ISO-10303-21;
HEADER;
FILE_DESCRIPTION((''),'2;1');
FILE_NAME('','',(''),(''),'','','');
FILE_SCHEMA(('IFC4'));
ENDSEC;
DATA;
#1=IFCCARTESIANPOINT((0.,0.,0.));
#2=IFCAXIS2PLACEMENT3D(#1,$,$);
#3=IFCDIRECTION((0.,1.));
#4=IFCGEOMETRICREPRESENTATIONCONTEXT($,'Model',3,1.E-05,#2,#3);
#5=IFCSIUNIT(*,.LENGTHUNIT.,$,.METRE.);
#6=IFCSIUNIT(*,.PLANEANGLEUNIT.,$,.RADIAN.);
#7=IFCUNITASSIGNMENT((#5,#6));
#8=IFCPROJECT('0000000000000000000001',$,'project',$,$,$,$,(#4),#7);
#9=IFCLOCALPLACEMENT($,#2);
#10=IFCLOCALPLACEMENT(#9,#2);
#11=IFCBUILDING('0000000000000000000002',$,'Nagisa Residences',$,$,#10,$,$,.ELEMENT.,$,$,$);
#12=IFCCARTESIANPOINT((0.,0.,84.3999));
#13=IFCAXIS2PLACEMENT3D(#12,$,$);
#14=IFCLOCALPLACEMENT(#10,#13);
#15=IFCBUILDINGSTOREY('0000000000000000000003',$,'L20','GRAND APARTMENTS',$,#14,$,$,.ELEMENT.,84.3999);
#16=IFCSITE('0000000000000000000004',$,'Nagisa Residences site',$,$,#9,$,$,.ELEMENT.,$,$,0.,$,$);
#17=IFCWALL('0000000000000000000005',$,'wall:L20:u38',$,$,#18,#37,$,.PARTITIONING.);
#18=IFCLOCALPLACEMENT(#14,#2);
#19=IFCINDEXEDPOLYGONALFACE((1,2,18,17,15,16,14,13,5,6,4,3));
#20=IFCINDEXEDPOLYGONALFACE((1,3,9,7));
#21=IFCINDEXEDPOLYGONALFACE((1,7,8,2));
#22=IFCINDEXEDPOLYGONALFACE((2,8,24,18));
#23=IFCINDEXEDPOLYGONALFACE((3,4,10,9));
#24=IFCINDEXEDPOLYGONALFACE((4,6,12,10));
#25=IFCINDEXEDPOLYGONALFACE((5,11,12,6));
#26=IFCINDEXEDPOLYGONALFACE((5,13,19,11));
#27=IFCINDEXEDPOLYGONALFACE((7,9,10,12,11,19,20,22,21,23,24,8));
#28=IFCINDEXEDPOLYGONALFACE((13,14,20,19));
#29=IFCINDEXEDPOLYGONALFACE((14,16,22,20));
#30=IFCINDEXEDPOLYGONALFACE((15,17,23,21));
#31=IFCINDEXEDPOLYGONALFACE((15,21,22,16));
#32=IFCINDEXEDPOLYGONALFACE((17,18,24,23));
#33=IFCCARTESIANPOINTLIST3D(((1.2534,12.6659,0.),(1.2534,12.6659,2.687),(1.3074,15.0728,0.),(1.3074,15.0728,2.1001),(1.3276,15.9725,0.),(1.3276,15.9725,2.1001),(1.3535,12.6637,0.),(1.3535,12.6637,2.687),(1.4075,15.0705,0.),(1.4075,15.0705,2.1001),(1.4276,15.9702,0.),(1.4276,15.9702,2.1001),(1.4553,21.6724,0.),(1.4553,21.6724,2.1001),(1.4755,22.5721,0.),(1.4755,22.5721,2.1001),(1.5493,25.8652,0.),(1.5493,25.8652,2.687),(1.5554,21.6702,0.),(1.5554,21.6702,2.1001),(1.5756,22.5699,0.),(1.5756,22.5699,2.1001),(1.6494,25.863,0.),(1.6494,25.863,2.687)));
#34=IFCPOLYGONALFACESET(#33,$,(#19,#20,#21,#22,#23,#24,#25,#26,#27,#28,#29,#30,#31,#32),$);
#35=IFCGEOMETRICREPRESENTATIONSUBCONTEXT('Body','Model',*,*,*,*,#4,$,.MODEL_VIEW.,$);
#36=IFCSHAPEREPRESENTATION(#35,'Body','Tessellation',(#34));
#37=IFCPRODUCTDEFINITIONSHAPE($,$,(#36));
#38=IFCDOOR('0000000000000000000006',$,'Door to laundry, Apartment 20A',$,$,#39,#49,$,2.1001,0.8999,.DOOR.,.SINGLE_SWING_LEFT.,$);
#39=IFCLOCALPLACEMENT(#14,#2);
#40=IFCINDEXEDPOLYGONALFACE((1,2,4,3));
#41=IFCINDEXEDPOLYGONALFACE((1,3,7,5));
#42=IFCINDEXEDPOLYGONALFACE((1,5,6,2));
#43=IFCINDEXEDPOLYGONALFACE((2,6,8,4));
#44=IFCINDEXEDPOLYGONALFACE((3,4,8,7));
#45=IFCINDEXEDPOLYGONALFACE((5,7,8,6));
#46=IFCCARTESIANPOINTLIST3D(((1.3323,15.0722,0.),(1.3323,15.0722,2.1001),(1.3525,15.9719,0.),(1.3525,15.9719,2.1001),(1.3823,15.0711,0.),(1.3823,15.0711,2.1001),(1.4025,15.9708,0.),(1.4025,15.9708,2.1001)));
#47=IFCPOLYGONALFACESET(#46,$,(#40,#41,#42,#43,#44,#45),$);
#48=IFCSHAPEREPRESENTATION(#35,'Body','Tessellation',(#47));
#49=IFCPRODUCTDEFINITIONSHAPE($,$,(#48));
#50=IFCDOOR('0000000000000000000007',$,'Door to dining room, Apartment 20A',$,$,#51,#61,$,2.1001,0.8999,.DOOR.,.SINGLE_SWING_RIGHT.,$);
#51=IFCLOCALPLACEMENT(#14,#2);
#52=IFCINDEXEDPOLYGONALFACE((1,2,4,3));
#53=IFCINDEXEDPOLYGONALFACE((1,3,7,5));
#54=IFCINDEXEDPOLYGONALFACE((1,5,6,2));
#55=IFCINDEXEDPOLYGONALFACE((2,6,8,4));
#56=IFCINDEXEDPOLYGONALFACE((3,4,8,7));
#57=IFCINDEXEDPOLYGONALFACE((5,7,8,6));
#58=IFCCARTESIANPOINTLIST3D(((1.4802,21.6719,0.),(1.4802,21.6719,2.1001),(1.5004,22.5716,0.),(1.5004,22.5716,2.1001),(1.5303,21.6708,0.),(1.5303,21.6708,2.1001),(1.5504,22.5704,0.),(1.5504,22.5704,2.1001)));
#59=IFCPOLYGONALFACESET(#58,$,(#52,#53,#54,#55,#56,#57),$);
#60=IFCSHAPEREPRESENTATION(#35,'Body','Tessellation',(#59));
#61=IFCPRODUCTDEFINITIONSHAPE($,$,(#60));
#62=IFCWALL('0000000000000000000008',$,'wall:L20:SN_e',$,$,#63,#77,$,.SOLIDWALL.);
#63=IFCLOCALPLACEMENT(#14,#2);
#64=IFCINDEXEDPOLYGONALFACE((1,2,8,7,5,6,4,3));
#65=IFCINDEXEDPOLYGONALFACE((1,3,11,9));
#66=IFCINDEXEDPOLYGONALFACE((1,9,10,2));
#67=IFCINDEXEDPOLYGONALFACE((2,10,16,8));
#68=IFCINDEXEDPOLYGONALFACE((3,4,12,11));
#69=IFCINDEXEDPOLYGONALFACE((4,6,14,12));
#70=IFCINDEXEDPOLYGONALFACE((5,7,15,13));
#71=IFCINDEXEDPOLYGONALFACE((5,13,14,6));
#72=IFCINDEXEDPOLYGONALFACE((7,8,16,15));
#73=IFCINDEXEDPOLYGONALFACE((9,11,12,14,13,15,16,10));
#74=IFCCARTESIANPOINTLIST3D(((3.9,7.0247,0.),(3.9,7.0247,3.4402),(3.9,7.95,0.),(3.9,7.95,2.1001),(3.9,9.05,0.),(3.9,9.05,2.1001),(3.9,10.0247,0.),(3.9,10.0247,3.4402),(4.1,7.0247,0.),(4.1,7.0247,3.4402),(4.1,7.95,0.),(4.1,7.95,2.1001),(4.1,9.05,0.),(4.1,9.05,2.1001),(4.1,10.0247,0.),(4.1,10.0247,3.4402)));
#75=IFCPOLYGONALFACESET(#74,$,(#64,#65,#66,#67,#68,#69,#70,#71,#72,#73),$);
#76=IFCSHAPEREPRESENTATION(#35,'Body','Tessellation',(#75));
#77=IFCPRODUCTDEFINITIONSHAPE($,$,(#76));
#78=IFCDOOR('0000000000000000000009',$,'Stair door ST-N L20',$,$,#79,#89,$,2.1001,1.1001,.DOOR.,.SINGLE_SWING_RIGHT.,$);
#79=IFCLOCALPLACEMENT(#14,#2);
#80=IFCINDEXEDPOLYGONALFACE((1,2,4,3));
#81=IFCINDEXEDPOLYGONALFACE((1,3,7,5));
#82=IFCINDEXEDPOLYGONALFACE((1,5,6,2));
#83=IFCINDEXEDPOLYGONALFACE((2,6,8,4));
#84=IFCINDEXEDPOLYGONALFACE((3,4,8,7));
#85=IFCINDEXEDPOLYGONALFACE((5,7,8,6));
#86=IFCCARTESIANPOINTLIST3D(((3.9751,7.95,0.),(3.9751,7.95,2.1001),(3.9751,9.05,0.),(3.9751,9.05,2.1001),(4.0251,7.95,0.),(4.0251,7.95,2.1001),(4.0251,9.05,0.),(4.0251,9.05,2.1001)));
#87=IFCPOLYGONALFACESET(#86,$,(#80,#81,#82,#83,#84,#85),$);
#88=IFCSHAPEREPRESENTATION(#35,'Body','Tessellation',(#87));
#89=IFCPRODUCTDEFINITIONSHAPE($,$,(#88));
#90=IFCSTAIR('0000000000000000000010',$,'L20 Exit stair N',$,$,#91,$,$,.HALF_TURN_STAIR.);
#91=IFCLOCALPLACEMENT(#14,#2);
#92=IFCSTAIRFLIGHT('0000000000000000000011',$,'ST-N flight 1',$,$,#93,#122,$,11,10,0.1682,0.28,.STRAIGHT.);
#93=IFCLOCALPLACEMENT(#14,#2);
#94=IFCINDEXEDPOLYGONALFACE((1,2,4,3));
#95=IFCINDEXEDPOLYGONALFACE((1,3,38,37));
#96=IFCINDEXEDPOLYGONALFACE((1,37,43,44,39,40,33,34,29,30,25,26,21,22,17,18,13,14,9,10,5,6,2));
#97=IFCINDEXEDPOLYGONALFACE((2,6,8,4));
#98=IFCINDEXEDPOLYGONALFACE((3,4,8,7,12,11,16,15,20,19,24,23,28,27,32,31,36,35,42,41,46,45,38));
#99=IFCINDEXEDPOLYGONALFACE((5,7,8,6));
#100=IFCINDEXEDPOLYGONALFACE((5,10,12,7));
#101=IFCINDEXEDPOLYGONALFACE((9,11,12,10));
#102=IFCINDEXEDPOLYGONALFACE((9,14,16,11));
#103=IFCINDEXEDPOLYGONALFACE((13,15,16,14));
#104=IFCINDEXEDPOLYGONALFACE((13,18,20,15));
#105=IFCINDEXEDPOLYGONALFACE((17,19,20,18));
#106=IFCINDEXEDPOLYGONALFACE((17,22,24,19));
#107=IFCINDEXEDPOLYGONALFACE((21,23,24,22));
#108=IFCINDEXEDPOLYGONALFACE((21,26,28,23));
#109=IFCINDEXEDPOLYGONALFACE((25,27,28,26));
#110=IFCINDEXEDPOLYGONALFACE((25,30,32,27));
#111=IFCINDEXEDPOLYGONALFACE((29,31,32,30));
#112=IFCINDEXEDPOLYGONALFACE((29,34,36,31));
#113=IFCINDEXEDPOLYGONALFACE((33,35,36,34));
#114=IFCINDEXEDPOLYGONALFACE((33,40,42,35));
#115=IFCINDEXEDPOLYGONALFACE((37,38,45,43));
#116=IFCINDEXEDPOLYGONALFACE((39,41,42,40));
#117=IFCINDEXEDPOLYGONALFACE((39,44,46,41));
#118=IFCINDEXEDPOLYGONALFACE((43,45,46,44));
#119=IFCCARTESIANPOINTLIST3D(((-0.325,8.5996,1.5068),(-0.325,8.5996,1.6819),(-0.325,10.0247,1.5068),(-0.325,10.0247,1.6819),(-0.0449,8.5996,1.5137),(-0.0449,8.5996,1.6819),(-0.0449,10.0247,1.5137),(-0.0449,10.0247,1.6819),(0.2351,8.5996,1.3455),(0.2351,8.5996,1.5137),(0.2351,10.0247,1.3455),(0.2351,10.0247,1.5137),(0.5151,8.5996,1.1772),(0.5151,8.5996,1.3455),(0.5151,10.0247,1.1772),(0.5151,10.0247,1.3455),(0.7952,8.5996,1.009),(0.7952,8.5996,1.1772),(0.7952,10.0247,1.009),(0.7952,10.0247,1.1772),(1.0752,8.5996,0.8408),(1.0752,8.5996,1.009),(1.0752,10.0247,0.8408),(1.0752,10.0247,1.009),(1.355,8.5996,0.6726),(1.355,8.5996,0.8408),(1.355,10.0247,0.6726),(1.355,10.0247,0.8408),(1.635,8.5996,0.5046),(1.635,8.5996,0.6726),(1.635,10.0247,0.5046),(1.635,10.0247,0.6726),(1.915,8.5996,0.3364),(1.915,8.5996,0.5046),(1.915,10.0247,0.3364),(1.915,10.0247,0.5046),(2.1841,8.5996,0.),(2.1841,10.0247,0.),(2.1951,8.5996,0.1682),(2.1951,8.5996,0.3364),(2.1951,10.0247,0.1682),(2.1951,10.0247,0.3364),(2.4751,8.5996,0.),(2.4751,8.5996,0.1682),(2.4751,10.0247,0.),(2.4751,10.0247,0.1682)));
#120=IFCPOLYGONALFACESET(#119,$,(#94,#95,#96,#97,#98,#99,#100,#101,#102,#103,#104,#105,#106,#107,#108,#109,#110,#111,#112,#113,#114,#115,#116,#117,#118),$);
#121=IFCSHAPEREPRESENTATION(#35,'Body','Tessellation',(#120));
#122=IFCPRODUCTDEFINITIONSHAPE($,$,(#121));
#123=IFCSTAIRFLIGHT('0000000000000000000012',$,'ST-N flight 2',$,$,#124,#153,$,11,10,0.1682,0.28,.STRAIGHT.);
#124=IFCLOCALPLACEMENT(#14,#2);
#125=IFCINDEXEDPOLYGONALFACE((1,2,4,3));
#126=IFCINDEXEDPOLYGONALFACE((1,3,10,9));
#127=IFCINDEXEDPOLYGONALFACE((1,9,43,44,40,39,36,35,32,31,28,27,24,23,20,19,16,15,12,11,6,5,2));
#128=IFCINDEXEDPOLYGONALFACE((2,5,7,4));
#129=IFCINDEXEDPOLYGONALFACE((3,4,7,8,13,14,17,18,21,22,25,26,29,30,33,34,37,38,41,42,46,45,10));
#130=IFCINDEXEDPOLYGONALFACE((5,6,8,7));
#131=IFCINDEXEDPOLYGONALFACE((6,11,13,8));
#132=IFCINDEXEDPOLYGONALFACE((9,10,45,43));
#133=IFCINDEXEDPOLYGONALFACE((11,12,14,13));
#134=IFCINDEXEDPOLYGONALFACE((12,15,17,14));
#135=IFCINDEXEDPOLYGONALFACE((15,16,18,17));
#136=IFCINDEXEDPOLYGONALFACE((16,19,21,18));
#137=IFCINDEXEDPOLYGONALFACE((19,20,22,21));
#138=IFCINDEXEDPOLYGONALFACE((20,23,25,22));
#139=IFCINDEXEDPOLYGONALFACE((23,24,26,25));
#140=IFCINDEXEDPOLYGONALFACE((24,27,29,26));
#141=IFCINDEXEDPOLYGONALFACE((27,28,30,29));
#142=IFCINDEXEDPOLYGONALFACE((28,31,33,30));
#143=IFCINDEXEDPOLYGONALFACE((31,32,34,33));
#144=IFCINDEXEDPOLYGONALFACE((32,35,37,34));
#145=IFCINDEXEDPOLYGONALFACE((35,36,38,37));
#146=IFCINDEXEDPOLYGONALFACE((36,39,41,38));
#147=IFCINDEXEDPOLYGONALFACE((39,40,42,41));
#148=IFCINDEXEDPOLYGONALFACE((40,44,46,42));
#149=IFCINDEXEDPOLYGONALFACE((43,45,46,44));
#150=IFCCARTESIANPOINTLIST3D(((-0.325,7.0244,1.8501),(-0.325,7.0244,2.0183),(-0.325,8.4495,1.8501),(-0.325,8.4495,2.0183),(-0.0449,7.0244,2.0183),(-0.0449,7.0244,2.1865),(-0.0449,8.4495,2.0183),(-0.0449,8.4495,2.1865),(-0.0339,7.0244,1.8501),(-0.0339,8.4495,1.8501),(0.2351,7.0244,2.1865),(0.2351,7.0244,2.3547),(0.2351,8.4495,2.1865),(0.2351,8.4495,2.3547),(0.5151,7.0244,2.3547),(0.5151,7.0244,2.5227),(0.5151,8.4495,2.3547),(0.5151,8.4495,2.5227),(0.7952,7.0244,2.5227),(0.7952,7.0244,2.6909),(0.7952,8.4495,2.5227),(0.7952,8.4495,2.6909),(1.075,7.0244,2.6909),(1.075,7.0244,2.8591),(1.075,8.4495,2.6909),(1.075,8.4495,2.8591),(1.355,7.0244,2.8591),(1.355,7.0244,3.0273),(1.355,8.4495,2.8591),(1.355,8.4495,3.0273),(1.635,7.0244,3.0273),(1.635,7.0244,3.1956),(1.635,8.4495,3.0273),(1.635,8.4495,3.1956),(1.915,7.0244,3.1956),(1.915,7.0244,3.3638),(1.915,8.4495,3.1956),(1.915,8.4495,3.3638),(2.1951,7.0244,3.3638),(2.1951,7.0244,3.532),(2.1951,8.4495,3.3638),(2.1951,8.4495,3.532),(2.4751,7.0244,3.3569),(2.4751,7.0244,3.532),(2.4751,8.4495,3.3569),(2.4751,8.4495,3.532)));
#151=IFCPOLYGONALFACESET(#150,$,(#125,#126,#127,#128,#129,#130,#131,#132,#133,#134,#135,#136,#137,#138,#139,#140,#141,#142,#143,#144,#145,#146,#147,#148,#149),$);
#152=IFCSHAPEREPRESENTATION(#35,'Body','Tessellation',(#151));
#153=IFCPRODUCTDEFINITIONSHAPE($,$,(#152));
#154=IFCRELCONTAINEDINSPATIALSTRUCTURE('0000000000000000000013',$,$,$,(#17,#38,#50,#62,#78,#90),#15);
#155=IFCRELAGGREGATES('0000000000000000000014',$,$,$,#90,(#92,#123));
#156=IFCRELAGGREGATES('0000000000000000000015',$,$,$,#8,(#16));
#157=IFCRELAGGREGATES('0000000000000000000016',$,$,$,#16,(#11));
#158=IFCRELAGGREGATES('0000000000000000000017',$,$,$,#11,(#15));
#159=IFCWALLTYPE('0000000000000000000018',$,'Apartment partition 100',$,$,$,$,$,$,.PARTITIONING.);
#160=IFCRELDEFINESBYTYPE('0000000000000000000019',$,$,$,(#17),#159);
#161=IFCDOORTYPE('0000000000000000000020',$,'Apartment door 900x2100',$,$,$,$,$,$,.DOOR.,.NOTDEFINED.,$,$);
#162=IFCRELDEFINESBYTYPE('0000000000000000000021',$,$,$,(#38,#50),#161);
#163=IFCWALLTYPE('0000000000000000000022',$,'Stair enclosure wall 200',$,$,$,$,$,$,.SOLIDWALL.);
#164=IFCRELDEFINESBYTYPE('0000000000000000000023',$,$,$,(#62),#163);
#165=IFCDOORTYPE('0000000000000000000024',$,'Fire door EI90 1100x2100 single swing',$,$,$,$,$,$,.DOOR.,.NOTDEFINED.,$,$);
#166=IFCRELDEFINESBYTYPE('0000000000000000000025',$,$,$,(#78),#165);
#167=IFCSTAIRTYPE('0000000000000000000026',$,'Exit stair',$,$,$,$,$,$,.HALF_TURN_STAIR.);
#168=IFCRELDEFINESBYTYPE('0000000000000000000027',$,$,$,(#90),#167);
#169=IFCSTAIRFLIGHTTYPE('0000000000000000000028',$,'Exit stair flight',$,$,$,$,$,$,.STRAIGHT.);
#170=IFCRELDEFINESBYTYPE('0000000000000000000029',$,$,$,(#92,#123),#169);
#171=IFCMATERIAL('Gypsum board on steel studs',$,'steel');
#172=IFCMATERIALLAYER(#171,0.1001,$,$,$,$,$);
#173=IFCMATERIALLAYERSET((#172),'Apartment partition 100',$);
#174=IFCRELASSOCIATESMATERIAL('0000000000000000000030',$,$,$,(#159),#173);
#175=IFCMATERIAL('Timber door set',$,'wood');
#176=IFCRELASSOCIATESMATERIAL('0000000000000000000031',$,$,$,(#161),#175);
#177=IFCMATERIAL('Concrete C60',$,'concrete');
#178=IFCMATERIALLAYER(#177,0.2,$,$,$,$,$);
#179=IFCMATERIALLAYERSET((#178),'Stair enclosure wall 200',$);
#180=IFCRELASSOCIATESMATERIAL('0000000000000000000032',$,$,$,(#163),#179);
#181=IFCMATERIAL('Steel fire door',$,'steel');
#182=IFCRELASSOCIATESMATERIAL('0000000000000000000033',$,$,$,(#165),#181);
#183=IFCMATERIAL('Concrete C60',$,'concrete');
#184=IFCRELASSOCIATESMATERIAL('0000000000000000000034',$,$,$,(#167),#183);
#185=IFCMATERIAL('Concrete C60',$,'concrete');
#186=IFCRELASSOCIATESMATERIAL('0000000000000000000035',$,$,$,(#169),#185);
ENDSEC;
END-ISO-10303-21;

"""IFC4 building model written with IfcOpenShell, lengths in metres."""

from ifc_helpers import new_model, si_unit, direction, frame, frame_2d, origin, place, context, subcontext, project, spatial, polyline, rectangle, outline, extrude, material, layer, layer_set, type_object, element, fill, aggregate, save


model = new_model("IFC4")

# Units and contexts
model_context = context("Model", 3, precision=1e-05, world=origin(), true_north=direction((0.0, 1.0)))
body_context = subcontext(model_context, "Body", "Model", "MODEL_VIEW")
ifc_project = project(units=[si_unit("LENGTHUNIT", "METRE"), si_unit("PLANEANGLEUNIT", "RADIAN")], contexts=[model_context])

# Site, building, storey
site_placement = place(None, origin())
site = spatial("IfcSite", under=ifc_project, at=site_placement, Name="Nagisa Residences site", CompositionType="ELEMENT", RefElevation=0.0)
building_placement = place(site_placement, origin())
building = spatial("IfcBuilding", under=site, at=building_placement, Name="Nagisa Residences", CompositionType="ELEMENT")
storey_placement = place(building_placement, frame((0.0, 0.0, 84.3999)))
storey = spatial("IfcBuildingStorey", under=building, at=storey_placement, Name="L20", Description="GRAND APARTMENTS", CompositionType="ELEMENT", Elevation=84.3999)

# Shared definitions
ifc_material_1 = material(Name="Gypsum board on steel studs", Category="steel")
ifc_layer_1 = layer(ifc_material_1, 0.1001)
ifc_layer_set_1 = layer_set([ifc_layer_1], Name="Apartment partition 100")
wall_type_1 = type_object("IfcWallType", Name="Apartment partition 100", PredefinedType="PARTITIONING", material=ifc_layer_set_1)

# Wall, openings, doors
ifc_material_2 = material(Name="Timber door set", Category="wood")
door_type_1 = type_object("IfcDoorType", Name="Apartment door 900x2100", OperationType="NOTDEFINED", PredefinedType="DOOR", material=ifc_material_2)
wall_1_placement = place(storey_placement, frame((1.3035, 12.6648, 0.0), z_axis=(0.0, 0.0, 1.0), x_axis=(0.022412, 0.999749, 0.0)))
wall_1 = element("IfcWall", 1, at=wall_1_placement, inside=storey, type_object=wall_type_1, Name="wall:L20:u38", PredefinedType="PARTITIONING", context=body_context, shape_type="SweptSolid", body=[
    extrude(rectangle(XDim=13.2026, YDim=0.1001, at=frame_2d((6.6013, 0.0))), origin(), (0.0, 0.0, 1.0), 2.687),
])
opening_1_placement = place(wall_1_placement, frame((2.4075, 0.0, 0.0)))
opening_1 = element("IfcOpeningElement", 2, at=opening_1_placement, cuts=wall_1, PredefinedType="OPENING", context=body_context, shape_type="SweptSolid", body=[
    extrude(rectangle(XDim=0.8999, YDim=2.1001, at=frame_2d((0.45, 1.05))), frame((0.0, 0.0601, 0.0), z_axis=(0.0, -1.0, 0.0), x_axis=(1.0, 0.0, 0.0)), (0.0, 0.0, 1.0), 0.1201),
])
opening_2_placement = place(wall_1_placement, frame((9.0088, 0.0, 0.0)))
opening_2 = element("IfcOpeningElement", 3, at=opening_2_placement, cuts=wall_1, PredefinedType="OPENING", context=body_context, shape_type="SweptSolid", body=[
    extrude(rectangle(XDim=0.8999, YDim=2.1001, at=frame_2d((0.45, 1.05))), frame((0.0, 0.0601, 0.0), z_axis=(0.0, -1.0, 0.0), x_axis=(1.0, 0.0, 0.0)), (0.0, 0.0, 1.0), 0.1201),
])
door_1_placement = place(opening_1_placement, frame((0.8999, 0.0, 0.0), x_axis=(-1.0, 0.0, 0.0)))
door_1 = element("IfcDoor", 4, at=door_1_placement, inside=storey, type_object=door_type_1, Name="Door to laundry, Apartment 20A", OperationType="SINGLE_SWING_LEFT", OverallHeight=2.1001, OverallWidth=0.8999, PredefinedType="DOOR", context=body_context, shape_type="SweptSolid", body=[
    extrude(rectangle(XDim=0.8999, YDim=2.1001, at=frame_2d((0.45, 1.05))), frame((0.0, 0.0249, 0.0), z_axis=(0.0, -1.0, 0.0), x_axis=(1.0, 0.0, 0.0)), (0.0, 0.0, 1.0), 0.05),
])
fill(opening_1, door_1)
door_2_placement = place(opening_2_placement, frame((0.8999, 0.0, 0.0), x_axis=(-1.0, 0.0, 0.0)))
door_2 = element("IfcDoor", 5, at=door_2_placement, inside=storey, type_object=door_type_1, Name="Door to dining room, Apartment 20A", OperationType="SINGLE_SWING_RIGHT", OverallHeight=2.1001, OverallWidth=0.8999, PredefinedType="DOOR", context=body_context, shape_type="SweptSolid", body=[
    extrude(rectangle(XDim=0.8999, YDim=2.1001, at=frame_2d((0.45, 1.05))), frame((0.0, 0.0249, 0.0), z_axis=(0.0, -1.0, 0.0), x_axis=(1.0, 0.0, 0.0)), (0.0, 0.0, 1.0), 0.05),
])
fill(opening_2, door_2)

# Wall, opening, door
ifc_material_3 = material(Name="Concrete C60", Category="concrete")
ifc_layer_2 = layer(ifc_material_3, 0.2)
ifc_layer_set_2 = layer_set([ifc_layer_2], Name="Stair enclosure wall 200")
wall_type_2 = type_object("IfcWallType", Name="Stair enclosure wall 200", PredefinedType="SOLIDWALL", material=ifc_layer_set_2)
wall_2_placement = place(storey_placement, frame((4.0, 7.0247, 0.0), z_axis=(0.0, 0.0, 1.0), x_axis=(0.0, 1.0, 0.0)))
wall_2 = element("IfcWall", 6, at=wall_2_placement, inside=storey, type_object=wall_type_2, Name="wall:L20:SN_e", PredefinedType="SOLIDWALL", context=body_context, shape_type="SweptSolid", body=[
    extrude(rectangle(XDim=3.0, YDim=0.2, at=frame_2d((1.5, 0.0))), origin(), (0.0, 0.0, 1.0), 3.4402),
])
opening_3_placement = place(wall_2_placement, frame((0.9253, 0.0, 0.0)))
opening_3 = element("IfcOpeningElement", 7, at=opening_3_placement, cuts=wall_2, PredefinedType="OPENING", context=body_context, shape_type="SweptSolid", body=[
    extrude(rectangle(XDim=1.1001, YDim=2.1001, at=frame_2d((0.55, 1.05))), frame((0.0, 0.1099, 0.0), z_axis=(0.0, -1.0, 0.0), x_axis=(1.0, 0.0, 0.0)), (0.0, 0.0, 1.0), 0.22),
])
ifc_material_4 = material(Name="Steel fire door", Category="steel")
door_type_2 = type_object("IfcDoorType", Name="Fire door EI90 1100x2100 single swing", OperationType="NOTDEFINED", PredefinedType="DOOR", material=ifc_material_4)
door_3_placement = place(opening_3_placement, origin())
door_3 = element("IfcDoor", 8, at=door_3_placement, inside=storey, type_object=door_type_2, Name="Stair door ST-N L20", OperationType="SINGLE_SWING_RIGHT", OverallHeight=2.1001, OverallWidth=1.1001, PredefinedType="DOOR", context=body_context, shape_type="SweptSolid", body=[
    extrude(rectangle(XDim=1.1001, YDim=2.1001, at=frame_2d((0.55, 1.05))), frame((0.0, 0.0249, 0.0), z_axis=(0.0, -1.0, 0.0), x_axis=(1.0, 0.0, 0.0)), (0.0, 0.0, 1.0), 0.05),
])
fill(opening_3, door_3)

# Stair, stair flights
ifc_material_5 = material(Name="Concrete C60", Category="concrete")
stair_type = type_object("IfcStairType", Name="Exit stair", PredefinedType="HALF_TURN_STAIR", material=ifc_material_5)
stair_placement = place(storey_placement, origin())
stair = element("IfcStair", 9, at=stair_placement, inside=storey, type_object=stair_type, Name="L20 Exit stair N", PredefinedType="HALF_TURN_STAIR")
ifc_material_6 = material(Name="Concrete C60", Category="concrete")
stair_flight_type = type_object("IfcStairFlightType", Name="Exit stair flight", PredefinedType="STRAIGHT", material=ifc_material_6)
stair_flight_1_placement = place(storey_placement, frame((2.4751, 9.312, 0.0), z_axis=(0.0, 0.0, 1.0), x_axis=(-1.0, 0.0, 0.0)))
stair_flight_1 = element("IfcStairFlight", 10, at=stair_flight_1_placement, type_object=stair_flight_type, Name="ST-N flight 1", NumberOfRisers=11, NumberOfTreads=10, PredefinedType="STRAIGHT", RiserHeight=0.1682, TreadLength=0.28, context=body_context, shape_type="SweptSolid", body=[
    extrude(outline(polyline([(0.0, 0.0), (0.0, 0.1682), (0.28, 0.1682), (0.28, 0.3364), (0.5601, 0.3364), (0.5601, 0.5046), (0.8401, 0.5046), (0.8401, 0.6726), (1.1201, 0.6726), (1.1201, 0.8408), (1.3999, 0.8408), (1.3999, 1.009), (1.6799, 1.009), (1.6799, 1.1772), (1.96, 1.1772), (1.96, 1.3455), (2.24, 1.3455), (2.24, 1.5137), (2.52, 1.5137), (2.52, 1.6819), (2.8, 1.6819), (2.8, 1.8501), (2.8, 1.5068), (0.291, 0.0), (0.0, 0.0)])), frame((0.0, 0.7124, 0.0), z_axis=(0.0, -1.0, 0.0), x_axis=(1.0, 0.0, 0.0)), (0.0, 0.0, 1.0), 1.425),
])
stair_flight_2_placement = place(storey_placement, frame((-0.325, 7.7371, 1.8501), z_axis=(0.0, 0.0, 1.0), x_axis=(1.0, 0.0, 0.0)))
stair_flight_2 = element("IfcStairFlight", 11, at=stair_flight_2_placement, type_object=stair_flight_type, Name="ST-N flight 2", NumberOfRisers=11, NumberOfTreads=10, PredefinedType="STRAIGHT", RiserHeight=0.1682, TreadLength=0.28, context=body_context, shape_type="SweptSolid", body=[
    extrude(outline(polyline([(0.0, 0.0), (0.0, 0.1682), (0.28, 0.1682), (0.28, 0.3364), (0.5601, 0.3364), (0.5601, 0.5046), (0.8401, 0.5046), (0.8401, 0.6726), (1.1201, 0.6726), (1.1201, 0.8408), (1.3999, 0.8408), (1.3999, 1.009), (1.6799, 1.009), (1.6799, 1.1772), (1.96, 1.1772), (1.96, 1.3455), (2.24, 1.3455), (2.24, 1.5137), (2.52, 1.5137), (2.52, 1.6819), (2.8, 1.6819), (2.8, 1.8501), (2.8, 1.5068), (0.291, 0.0), (0.0, 0.0)])), frame((0.0, 0.7124, 0.0), z_axis=(0.0, -1.0, 0.0), x_axis=(1.0, 0.0, 0.0)), (0.0, 0.0, 1.0), 1.425),
])
aggregate(stair, [stair_flight_1, stair_flight_2])

save(model, "model.ifc")
